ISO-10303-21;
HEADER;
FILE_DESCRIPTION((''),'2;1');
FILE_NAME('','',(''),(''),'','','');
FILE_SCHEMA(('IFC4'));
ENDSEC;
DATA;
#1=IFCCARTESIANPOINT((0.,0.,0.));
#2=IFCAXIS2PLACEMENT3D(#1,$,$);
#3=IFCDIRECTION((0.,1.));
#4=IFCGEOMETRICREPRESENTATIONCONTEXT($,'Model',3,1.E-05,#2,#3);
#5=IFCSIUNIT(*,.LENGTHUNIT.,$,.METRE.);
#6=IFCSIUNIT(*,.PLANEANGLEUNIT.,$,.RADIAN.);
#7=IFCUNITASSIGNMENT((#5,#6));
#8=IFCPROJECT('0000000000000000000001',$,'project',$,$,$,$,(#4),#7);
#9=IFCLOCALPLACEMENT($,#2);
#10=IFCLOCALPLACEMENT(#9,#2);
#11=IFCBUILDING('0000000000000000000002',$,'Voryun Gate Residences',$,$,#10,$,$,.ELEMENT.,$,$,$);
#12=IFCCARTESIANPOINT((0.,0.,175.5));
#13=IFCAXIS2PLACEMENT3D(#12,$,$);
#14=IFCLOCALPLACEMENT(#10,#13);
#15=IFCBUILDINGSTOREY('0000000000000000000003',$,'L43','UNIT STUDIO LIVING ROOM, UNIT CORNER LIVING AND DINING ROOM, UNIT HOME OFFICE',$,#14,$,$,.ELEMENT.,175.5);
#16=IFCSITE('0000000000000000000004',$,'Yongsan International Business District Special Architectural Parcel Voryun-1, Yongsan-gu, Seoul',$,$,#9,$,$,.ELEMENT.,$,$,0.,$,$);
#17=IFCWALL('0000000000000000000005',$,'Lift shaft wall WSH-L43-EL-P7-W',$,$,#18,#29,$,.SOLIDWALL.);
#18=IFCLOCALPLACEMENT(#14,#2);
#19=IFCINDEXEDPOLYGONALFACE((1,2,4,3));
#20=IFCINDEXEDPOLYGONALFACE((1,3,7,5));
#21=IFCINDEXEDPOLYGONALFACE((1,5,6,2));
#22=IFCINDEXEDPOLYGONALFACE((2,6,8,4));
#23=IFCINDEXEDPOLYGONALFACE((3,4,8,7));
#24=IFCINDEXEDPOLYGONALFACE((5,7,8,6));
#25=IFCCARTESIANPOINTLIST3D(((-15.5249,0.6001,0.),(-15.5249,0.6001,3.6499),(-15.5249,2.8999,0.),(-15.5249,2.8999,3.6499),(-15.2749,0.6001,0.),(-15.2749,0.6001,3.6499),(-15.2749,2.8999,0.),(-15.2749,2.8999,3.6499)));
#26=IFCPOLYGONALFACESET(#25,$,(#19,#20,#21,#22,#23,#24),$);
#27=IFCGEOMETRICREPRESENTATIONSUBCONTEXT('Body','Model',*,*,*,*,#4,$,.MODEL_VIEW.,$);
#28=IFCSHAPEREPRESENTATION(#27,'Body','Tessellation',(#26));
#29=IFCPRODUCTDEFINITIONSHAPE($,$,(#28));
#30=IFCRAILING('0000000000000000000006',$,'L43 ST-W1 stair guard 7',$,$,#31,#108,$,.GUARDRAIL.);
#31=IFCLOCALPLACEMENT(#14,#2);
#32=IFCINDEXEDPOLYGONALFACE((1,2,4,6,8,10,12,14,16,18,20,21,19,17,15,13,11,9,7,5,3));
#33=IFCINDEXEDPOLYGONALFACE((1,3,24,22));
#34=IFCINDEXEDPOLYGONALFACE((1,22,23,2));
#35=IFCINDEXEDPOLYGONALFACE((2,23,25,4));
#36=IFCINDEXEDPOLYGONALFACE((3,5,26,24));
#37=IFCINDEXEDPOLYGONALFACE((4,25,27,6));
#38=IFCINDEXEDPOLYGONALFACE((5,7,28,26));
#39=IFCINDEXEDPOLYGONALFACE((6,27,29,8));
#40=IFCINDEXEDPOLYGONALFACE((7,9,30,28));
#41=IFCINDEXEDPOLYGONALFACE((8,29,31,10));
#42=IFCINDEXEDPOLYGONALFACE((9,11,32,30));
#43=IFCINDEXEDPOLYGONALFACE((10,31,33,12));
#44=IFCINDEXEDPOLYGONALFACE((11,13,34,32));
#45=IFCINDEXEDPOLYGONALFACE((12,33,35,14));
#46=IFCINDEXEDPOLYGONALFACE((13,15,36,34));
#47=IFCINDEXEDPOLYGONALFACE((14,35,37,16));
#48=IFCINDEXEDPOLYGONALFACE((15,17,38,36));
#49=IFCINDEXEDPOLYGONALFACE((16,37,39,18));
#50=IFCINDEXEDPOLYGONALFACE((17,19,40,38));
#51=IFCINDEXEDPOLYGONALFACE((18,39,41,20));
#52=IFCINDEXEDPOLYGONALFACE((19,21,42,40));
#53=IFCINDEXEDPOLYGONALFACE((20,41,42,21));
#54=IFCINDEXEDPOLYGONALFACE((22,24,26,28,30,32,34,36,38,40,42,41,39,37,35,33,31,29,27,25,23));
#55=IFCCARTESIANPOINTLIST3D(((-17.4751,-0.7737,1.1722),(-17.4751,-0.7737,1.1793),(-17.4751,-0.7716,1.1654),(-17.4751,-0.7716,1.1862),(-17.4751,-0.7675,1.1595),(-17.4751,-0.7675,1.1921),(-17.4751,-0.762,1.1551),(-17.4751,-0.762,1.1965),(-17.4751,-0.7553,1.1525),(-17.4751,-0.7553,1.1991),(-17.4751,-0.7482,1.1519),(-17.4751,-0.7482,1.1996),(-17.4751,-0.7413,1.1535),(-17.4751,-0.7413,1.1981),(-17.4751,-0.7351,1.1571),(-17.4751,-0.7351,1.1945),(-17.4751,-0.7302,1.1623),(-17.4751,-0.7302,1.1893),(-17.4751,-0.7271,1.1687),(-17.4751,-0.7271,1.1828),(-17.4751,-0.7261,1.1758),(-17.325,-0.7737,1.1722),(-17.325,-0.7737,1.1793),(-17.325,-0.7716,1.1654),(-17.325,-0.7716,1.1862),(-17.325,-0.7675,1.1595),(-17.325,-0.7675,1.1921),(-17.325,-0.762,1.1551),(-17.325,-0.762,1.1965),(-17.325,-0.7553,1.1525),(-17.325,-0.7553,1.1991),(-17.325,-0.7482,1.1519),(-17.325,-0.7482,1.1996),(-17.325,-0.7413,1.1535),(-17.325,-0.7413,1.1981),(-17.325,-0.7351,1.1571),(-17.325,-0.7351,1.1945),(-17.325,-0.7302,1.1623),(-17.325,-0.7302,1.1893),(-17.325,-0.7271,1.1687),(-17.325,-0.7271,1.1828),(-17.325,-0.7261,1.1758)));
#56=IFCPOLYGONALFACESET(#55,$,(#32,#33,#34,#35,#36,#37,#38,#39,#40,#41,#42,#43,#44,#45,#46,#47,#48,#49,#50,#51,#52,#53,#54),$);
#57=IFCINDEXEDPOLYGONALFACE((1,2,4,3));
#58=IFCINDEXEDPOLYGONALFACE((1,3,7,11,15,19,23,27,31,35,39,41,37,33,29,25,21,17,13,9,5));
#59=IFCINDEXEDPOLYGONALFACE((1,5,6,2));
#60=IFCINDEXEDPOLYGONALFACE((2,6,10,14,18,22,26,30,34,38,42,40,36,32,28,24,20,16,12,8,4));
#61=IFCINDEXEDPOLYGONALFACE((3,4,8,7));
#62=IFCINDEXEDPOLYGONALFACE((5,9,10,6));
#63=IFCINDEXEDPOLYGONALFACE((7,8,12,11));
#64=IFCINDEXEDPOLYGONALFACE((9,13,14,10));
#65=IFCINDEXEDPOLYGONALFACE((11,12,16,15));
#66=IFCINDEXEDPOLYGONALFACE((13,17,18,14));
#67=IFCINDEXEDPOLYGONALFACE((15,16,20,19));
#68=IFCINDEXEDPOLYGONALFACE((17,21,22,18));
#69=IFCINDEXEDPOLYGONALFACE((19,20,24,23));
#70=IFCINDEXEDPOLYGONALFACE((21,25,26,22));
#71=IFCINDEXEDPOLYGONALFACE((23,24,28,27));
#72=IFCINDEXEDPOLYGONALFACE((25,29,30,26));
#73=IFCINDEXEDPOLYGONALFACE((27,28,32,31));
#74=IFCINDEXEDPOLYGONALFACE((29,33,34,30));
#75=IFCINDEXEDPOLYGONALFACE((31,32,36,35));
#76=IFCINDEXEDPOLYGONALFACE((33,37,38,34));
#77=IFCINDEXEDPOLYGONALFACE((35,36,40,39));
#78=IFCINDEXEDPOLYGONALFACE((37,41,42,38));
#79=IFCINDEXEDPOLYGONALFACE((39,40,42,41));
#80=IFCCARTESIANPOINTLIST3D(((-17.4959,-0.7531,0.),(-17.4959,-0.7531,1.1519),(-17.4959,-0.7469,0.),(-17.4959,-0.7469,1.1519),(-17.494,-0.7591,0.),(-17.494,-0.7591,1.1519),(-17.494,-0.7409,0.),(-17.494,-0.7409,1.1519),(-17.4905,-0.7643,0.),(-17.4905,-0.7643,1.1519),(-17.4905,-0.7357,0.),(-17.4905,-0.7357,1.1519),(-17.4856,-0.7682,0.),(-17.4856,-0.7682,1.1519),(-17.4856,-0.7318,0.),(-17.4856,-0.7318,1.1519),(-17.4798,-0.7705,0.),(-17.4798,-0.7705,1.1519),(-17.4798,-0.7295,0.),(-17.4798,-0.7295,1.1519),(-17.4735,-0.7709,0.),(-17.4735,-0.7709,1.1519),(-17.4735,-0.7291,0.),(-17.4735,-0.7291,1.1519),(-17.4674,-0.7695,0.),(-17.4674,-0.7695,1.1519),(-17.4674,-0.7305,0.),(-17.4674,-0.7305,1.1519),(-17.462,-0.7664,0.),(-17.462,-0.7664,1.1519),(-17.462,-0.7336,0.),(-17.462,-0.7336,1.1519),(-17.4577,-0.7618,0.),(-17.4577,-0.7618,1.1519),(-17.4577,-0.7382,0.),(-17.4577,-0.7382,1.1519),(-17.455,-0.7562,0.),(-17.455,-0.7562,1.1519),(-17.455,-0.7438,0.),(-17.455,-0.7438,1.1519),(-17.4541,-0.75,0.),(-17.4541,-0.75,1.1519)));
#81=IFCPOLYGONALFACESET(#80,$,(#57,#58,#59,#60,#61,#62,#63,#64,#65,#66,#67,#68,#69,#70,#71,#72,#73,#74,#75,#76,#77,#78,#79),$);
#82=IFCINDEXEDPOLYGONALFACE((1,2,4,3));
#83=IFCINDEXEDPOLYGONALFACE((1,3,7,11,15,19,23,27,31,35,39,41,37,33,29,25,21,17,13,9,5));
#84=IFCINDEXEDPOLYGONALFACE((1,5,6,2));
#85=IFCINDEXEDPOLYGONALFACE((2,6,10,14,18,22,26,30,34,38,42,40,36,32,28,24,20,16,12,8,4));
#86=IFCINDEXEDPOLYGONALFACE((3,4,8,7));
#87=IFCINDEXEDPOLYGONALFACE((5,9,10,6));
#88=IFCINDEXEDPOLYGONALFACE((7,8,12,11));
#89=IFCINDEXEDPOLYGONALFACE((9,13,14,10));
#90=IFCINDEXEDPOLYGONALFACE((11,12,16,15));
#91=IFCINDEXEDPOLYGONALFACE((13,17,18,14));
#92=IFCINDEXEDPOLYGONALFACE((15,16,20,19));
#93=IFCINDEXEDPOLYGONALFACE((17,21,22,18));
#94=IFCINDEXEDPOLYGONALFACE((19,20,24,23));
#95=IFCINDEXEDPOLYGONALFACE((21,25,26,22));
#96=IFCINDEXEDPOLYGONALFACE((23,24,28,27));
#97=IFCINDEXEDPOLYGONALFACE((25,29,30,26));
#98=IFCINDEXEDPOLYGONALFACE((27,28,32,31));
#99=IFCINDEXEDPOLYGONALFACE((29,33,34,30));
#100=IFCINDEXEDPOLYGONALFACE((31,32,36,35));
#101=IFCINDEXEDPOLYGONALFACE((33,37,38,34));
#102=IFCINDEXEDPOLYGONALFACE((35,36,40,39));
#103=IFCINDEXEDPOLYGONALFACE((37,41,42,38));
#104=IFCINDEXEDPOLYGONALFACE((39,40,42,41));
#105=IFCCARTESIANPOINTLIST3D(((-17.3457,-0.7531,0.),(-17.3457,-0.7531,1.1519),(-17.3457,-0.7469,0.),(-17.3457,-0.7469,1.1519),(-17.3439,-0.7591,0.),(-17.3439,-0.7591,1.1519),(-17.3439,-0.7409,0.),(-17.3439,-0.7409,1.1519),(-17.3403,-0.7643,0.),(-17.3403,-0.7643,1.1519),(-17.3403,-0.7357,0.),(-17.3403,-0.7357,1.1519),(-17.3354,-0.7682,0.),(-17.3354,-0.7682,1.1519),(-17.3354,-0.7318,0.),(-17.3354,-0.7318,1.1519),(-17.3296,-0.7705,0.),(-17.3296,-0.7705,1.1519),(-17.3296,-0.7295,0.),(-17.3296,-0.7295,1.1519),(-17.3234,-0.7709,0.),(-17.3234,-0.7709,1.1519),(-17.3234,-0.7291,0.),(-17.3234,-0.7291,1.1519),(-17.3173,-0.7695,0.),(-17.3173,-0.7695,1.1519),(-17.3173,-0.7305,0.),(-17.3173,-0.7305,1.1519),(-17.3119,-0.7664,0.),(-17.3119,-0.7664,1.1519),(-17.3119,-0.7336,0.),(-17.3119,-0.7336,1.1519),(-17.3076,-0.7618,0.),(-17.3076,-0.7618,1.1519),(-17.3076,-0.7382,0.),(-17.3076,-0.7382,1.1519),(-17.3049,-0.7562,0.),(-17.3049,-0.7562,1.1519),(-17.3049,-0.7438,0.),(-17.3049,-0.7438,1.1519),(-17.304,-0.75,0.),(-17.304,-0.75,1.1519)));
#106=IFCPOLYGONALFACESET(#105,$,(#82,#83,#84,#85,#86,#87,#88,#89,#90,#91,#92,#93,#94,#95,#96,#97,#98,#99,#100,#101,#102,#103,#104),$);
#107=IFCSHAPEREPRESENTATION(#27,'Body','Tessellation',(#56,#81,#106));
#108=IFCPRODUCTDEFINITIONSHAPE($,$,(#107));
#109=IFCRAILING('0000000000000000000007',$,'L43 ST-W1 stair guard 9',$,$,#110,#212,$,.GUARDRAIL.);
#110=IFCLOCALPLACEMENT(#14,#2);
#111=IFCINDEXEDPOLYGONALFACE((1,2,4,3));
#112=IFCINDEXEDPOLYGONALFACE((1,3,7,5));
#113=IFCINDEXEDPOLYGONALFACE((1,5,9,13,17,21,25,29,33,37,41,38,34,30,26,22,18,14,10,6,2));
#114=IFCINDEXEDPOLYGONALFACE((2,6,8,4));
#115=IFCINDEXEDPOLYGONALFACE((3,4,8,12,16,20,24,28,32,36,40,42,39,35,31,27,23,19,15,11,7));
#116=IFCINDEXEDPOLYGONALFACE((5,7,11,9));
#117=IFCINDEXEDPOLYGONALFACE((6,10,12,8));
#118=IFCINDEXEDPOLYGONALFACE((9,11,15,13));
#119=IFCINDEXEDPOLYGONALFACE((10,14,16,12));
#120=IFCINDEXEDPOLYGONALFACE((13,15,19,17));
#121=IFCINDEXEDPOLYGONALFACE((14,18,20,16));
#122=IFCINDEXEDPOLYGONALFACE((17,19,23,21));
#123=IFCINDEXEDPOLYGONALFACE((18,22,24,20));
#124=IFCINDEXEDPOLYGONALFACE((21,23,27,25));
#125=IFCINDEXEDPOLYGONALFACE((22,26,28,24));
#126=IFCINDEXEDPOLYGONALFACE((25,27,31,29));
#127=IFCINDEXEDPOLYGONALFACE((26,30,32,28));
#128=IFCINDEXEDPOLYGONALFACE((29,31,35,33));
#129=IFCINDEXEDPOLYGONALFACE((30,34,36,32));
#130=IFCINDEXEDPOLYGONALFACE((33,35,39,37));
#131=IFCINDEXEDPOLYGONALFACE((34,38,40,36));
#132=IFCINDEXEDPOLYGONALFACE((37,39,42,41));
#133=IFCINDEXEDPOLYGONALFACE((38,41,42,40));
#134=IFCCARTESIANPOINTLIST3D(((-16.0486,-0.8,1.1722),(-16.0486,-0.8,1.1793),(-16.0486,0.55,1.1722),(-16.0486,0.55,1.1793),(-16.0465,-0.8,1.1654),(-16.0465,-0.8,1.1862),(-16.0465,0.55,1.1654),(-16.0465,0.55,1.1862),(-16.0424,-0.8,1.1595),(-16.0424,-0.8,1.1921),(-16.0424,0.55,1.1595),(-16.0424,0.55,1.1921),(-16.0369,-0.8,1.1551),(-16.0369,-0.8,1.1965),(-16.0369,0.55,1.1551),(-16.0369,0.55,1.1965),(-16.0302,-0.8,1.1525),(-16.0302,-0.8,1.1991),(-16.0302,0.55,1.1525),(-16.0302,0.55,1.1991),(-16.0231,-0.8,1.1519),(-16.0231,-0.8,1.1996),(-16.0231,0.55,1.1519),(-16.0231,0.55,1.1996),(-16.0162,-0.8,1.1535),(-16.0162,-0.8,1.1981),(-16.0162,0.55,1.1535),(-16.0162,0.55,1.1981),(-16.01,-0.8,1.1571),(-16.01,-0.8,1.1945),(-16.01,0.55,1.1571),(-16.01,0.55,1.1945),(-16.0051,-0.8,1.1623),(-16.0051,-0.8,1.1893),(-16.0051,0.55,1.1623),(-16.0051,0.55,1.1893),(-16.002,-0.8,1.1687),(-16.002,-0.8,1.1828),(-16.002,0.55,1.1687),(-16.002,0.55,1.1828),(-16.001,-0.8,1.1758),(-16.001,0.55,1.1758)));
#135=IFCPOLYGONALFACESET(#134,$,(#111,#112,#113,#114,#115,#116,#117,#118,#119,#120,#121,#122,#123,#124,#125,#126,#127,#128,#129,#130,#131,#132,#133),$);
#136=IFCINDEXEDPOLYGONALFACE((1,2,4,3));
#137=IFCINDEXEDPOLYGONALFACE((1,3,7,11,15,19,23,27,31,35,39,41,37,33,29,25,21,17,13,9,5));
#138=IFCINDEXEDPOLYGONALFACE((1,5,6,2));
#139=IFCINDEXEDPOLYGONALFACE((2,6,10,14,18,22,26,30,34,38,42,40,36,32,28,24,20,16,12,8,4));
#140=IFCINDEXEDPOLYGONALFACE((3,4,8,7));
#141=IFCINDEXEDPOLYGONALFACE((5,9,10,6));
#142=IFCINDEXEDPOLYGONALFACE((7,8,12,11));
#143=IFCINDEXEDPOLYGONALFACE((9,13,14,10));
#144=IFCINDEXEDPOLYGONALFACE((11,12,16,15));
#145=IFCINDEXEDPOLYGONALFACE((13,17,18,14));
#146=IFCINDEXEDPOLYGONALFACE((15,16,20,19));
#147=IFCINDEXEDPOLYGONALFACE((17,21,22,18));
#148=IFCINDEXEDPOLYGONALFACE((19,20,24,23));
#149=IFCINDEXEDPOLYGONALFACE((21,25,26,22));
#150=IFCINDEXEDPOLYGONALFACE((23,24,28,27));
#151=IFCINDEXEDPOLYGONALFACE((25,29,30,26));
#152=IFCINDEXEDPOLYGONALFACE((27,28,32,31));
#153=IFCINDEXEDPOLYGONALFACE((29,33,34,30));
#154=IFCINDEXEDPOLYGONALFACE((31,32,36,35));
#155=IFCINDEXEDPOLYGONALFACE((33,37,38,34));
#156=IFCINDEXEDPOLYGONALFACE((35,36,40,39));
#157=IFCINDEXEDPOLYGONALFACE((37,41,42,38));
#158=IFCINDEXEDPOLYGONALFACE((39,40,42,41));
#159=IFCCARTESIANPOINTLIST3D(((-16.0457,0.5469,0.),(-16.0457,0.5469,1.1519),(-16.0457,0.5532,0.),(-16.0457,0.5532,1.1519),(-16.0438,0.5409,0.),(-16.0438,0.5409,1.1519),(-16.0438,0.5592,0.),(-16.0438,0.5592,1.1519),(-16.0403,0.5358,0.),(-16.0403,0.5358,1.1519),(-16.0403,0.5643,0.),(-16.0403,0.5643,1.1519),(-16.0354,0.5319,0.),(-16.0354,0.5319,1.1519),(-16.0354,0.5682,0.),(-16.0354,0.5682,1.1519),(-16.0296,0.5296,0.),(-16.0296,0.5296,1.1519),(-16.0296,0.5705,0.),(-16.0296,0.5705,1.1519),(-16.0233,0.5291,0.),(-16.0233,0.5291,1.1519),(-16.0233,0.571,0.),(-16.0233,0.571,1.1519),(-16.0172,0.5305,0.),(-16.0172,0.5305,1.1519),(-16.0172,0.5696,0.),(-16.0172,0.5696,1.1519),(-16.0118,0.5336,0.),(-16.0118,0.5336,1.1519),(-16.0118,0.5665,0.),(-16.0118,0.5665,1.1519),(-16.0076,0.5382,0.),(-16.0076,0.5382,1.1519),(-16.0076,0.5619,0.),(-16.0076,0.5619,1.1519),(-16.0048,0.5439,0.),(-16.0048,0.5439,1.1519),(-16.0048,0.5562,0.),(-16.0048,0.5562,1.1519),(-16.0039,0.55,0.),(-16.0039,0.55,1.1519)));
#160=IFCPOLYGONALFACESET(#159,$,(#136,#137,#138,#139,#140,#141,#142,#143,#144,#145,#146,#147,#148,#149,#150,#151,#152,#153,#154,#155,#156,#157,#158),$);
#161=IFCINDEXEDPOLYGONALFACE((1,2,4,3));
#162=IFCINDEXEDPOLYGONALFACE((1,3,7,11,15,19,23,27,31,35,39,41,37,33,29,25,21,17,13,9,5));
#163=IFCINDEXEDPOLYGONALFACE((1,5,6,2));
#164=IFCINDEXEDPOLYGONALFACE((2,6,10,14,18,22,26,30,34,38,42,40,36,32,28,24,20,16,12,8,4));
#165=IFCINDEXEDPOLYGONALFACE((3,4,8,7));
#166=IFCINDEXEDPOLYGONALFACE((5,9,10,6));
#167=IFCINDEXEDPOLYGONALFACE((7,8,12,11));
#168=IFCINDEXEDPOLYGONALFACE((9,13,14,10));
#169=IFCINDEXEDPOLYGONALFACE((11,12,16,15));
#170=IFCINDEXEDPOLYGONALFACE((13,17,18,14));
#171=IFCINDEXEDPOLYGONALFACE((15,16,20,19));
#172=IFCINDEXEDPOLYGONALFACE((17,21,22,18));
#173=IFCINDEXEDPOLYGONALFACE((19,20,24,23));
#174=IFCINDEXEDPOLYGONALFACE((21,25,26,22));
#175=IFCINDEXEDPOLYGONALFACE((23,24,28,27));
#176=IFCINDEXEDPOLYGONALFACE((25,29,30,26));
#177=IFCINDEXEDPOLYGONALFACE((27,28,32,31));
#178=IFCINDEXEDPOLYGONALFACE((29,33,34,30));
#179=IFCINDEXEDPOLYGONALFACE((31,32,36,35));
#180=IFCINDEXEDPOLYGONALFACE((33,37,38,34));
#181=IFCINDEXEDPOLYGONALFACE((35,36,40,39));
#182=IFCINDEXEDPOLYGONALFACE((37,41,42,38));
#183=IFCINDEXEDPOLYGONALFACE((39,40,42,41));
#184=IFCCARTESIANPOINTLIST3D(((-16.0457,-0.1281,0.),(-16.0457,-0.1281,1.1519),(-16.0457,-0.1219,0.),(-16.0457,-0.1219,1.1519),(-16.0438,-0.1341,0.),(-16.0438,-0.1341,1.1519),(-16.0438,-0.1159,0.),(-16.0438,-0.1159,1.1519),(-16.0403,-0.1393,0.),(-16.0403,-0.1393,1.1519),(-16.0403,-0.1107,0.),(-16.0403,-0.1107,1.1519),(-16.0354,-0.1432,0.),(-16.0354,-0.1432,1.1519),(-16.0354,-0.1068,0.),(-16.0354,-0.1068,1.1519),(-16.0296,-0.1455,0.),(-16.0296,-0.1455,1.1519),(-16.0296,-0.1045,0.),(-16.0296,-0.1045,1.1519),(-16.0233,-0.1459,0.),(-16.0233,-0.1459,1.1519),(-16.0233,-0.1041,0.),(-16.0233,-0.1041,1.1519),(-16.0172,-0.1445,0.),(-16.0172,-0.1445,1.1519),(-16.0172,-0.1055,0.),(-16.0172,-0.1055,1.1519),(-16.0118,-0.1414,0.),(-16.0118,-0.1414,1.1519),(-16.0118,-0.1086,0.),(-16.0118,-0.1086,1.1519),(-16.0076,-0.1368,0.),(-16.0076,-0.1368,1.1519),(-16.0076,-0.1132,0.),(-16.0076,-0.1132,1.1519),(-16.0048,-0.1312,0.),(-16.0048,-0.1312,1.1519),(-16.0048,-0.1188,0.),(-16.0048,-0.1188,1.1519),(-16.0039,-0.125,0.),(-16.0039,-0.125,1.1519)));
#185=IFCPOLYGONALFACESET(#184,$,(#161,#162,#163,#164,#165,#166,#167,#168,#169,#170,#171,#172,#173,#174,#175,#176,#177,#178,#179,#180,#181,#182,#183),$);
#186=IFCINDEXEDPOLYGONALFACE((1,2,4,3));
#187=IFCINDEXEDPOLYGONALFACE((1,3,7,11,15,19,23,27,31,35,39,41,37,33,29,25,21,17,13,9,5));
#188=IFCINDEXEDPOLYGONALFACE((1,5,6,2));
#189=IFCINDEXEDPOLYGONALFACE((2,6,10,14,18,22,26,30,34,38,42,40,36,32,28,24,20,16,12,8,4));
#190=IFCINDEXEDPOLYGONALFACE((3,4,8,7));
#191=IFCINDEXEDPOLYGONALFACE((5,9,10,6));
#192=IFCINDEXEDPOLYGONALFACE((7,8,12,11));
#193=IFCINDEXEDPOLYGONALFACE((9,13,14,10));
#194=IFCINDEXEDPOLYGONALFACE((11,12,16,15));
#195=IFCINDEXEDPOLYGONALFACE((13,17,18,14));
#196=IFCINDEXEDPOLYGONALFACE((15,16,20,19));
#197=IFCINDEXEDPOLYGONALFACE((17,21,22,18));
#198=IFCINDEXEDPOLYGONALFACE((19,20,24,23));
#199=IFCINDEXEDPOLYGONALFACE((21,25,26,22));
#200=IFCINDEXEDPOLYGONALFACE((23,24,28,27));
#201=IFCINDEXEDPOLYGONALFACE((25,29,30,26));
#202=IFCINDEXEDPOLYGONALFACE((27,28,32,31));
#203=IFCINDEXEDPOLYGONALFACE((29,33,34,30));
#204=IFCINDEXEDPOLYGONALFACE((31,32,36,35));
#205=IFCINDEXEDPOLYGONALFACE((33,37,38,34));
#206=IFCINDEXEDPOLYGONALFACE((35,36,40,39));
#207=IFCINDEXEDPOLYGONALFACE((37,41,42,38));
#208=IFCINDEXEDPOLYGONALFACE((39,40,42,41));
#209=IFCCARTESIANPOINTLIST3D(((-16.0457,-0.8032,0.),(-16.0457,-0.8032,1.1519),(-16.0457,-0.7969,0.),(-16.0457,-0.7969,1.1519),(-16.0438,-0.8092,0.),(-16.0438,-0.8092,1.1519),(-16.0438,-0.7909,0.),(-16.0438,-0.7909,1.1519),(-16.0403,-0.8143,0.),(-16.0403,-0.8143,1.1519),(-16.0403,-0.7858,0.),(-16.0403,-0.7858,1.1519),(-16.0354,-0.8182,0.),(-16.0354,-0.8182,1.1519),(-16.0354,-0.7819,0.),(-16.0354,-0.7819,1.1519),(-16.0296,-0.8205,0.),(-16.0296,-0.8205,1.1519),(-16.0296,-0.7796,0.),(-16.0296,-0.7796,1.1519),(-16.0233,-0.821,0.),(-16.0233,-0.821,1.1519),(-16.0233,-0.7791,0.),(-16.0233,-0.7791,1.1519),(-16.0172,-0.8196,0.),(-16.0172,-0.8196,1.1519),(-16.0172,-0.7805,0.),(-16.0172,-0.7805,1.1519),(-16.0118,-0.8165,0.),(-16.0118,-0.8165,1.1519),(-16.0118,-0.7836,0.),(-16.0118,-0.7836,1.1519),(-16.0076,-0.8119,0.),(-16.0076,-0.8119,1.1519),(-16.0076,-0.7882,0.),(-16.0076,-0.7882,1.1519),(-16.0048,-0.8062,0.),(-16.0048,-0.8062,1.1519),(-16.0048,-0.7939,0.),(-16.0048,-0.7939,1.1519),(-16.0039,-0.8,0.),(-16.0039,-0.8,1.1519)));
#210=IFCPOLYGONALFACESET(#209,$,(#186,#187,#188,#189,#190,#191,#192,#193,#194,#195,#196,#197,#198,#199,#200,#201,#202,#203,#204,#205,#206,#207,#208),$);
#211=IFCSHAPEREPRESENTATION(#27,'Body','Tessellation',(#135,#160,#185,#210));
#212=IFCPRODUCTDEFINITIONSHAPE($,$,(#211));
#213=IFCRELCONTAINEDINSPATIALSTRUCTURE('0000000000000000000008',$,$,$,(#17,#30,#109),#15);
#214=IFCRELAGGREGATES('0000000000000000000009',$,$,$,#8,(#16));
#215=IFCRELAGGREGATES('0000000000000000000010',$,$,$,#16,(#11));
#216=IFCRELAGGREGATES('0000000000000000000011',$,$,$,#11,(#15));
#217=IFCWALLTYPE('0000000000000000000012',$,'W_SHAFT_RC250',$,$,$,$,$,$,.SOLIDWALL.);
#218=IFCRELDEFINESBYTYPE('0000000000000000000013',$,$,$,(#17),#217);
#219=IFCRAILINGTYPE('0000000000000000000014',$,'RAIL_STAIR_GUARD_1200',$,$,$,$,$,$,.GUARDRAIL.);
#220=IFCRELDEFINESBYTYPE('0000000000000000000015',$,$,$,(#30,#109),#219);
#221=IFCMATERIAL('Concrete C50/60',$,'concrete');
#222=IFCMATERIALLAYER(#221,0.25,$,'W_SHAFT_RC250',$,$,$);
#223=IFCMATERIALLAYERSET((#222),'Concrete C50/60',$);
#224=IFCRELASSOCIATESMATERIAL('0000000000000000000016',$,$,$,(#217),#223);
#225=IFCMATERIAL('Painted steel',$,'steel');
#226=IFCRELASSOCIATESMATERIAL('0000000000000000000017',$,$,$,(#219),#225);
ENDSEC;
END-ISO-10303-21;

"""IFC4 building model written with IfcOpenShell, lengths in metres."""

from ifc_helpers import new_model, si_unit, direction, frame, frame_2d, origin, origin_2d, place, context, subcontext, project, spatial, rectangle, circle, extrude, material, layer, layer_set, type_object, element, save


model = new_model("IFC4")

# Units and contexts
model_context = context("Model", 3, precision=1e-05, world=origin(), true_north=direction((0.0, 1.0)))
body_context = subcontext(model_context, "Body", "Model", "MODEL_VIEW")
ifc_project = project(units=[si_unit("LENGTHUNIT", "METRE"), si_unit("PLANEANGLEUNIT", "RADIAN")], contexts=[model_context])

# Site, building, storey
site_placement = place(None, origin())
site = spatial("IfcSite", under=ifc_project, at=site_placement, Name="Yongsan International Business District Special Architectural Parcel Voryun-1, Yongsan-gu, Seoul", CompositionType="ELEMENT", RefElevation=0.0)
building_placement = place(site_placement, origin())
building = spatial("IfcBuilding", under=site, at=building_placement, Name="Voryun Gate Residences", CompositionType="ELEMENT")
storey_placement = place(building_placement, frame((0.0, 0.0, 175.5)))
storey = spatial("IfcBuildingStorey", under=building, at=storey_placement, Name="L43", Description="UNIT STUDIO LIVING ROOM, UNIT CORNER LIVING AND DINING ROOM, UNIT HOME OFFICE", CompositionType="ELEMENT", Elevation=175.5)

# Shared definitions
ifc_material_1 = material(Name="Concrete C50/60", Category="concrete")
ifc_layer_1 = layer(ifc_material_1, 0.25, Name="W_SHAFT_RC250")
ifc_layer_set_1 = layer_set([ifc_layer_1], Name="Concrete C50/60")
wall_type_1 = type_object("IfcWallType", Name="W_SHAFT_RC250", PredefinedType="SOLIDWALL", material=ifc_layer_set_1)

# Wall
wall_1_placement = place(storey_placement, frame((-15.3999, 2.8999, 0.0), z_axis=(0.0, 0.0, 1.0), x_axis=(0.0, -1.0, 0.0)))
element("IfcWall", 1, at=wall_1_placement, inside=storey, type_object=wall_type_1, Name="Lift shaft wall WSH-L43-EL-P7-W", PredefinedType="SOLIDWALL", context=body_context, shape_type="SweptSolid", body=[
    extrude(rectangle(XDim=2.2998, YDim=0.25, at=frame_2d((1.1499, 0.0))), origin(), (0.0, 0.0, 1.0), 3.6499),
])

# Railings
ifc_material_2 = material(Name="Painted steel", Category="steel")
railing_type = type_object("IfcRailingType", Name="RAIL_STAIR_GUARD_1200", PredefinedType="GUARDRAIL", material=ifc_material_2)
railing_1_placement = place(storey_placement, frame((-17.4751, -0.75, 0.0)))
element("IfcRailing", 2, at=railing_1_placement, inside=storey, type_object=railing_type, Name="L43 ST-W1 stair guard 7", PredefinedType="GUARDRAIL", context=body_context, shape_type="SweptSolid", body=[
    extrude(circle(Radius=0.0239, at=origin_2d()), frame((0.0, 0.0, 1.1758), z_axis=(1.0, 0.0, 0.0), x_axis=(0.0, 1.0, 0.0)), (0.0, 0.0, 1.0), 0.1501),
    extrude(circle(Radius=0.021, at=origin_2d()), origin(), (0.0, 0.0, 1.0), 1.1519),
    extrude(circle(Radius=0.021, at=origin_2d()), frame((0.1501, 0.0, 0.0)), (0.0, 0.0, 1.0), 1.1519),
])
railing_2_placement = place(storey_placement, frame((-16.0249, 0.55, 0.0)))
element("IfcRailing", 3, at=railing_2_placement, inside=storey, type_object=railing_type, Name="L43 ST-W1 stair guard 9", PredefinedType="GUARDRAIL", context=body_context, shape_type="SweptSolid", body=[
    extrude(circle(Radius=0.0239, at=origin_2d()), frame((0.0, 0.0, 1.1758), z_axis=(0.0, -1.0, 0.0), x_axis=(1.0, 0.0, 0.0)), (0.0, 0.0, 1.0), 1.3501),
    extrude(circle(Radius=0.021, at=origin_2d()), origin(), (0.0, 0.0, 1.0), 1.1519),
    extrude(circle(Radius=0.021, at=origin_2d()), frame((0.0, -0.675, 0.0)), (0.0, 0.0, 1.0), 1.1519),
    extrude(circle(Radius=0.021, at=origin_2d()), frame((0.0, -1.3501, 0.0)), (0.0, 0.0, 1.0), 1.1519),
])

save(model, "model.ifc")
